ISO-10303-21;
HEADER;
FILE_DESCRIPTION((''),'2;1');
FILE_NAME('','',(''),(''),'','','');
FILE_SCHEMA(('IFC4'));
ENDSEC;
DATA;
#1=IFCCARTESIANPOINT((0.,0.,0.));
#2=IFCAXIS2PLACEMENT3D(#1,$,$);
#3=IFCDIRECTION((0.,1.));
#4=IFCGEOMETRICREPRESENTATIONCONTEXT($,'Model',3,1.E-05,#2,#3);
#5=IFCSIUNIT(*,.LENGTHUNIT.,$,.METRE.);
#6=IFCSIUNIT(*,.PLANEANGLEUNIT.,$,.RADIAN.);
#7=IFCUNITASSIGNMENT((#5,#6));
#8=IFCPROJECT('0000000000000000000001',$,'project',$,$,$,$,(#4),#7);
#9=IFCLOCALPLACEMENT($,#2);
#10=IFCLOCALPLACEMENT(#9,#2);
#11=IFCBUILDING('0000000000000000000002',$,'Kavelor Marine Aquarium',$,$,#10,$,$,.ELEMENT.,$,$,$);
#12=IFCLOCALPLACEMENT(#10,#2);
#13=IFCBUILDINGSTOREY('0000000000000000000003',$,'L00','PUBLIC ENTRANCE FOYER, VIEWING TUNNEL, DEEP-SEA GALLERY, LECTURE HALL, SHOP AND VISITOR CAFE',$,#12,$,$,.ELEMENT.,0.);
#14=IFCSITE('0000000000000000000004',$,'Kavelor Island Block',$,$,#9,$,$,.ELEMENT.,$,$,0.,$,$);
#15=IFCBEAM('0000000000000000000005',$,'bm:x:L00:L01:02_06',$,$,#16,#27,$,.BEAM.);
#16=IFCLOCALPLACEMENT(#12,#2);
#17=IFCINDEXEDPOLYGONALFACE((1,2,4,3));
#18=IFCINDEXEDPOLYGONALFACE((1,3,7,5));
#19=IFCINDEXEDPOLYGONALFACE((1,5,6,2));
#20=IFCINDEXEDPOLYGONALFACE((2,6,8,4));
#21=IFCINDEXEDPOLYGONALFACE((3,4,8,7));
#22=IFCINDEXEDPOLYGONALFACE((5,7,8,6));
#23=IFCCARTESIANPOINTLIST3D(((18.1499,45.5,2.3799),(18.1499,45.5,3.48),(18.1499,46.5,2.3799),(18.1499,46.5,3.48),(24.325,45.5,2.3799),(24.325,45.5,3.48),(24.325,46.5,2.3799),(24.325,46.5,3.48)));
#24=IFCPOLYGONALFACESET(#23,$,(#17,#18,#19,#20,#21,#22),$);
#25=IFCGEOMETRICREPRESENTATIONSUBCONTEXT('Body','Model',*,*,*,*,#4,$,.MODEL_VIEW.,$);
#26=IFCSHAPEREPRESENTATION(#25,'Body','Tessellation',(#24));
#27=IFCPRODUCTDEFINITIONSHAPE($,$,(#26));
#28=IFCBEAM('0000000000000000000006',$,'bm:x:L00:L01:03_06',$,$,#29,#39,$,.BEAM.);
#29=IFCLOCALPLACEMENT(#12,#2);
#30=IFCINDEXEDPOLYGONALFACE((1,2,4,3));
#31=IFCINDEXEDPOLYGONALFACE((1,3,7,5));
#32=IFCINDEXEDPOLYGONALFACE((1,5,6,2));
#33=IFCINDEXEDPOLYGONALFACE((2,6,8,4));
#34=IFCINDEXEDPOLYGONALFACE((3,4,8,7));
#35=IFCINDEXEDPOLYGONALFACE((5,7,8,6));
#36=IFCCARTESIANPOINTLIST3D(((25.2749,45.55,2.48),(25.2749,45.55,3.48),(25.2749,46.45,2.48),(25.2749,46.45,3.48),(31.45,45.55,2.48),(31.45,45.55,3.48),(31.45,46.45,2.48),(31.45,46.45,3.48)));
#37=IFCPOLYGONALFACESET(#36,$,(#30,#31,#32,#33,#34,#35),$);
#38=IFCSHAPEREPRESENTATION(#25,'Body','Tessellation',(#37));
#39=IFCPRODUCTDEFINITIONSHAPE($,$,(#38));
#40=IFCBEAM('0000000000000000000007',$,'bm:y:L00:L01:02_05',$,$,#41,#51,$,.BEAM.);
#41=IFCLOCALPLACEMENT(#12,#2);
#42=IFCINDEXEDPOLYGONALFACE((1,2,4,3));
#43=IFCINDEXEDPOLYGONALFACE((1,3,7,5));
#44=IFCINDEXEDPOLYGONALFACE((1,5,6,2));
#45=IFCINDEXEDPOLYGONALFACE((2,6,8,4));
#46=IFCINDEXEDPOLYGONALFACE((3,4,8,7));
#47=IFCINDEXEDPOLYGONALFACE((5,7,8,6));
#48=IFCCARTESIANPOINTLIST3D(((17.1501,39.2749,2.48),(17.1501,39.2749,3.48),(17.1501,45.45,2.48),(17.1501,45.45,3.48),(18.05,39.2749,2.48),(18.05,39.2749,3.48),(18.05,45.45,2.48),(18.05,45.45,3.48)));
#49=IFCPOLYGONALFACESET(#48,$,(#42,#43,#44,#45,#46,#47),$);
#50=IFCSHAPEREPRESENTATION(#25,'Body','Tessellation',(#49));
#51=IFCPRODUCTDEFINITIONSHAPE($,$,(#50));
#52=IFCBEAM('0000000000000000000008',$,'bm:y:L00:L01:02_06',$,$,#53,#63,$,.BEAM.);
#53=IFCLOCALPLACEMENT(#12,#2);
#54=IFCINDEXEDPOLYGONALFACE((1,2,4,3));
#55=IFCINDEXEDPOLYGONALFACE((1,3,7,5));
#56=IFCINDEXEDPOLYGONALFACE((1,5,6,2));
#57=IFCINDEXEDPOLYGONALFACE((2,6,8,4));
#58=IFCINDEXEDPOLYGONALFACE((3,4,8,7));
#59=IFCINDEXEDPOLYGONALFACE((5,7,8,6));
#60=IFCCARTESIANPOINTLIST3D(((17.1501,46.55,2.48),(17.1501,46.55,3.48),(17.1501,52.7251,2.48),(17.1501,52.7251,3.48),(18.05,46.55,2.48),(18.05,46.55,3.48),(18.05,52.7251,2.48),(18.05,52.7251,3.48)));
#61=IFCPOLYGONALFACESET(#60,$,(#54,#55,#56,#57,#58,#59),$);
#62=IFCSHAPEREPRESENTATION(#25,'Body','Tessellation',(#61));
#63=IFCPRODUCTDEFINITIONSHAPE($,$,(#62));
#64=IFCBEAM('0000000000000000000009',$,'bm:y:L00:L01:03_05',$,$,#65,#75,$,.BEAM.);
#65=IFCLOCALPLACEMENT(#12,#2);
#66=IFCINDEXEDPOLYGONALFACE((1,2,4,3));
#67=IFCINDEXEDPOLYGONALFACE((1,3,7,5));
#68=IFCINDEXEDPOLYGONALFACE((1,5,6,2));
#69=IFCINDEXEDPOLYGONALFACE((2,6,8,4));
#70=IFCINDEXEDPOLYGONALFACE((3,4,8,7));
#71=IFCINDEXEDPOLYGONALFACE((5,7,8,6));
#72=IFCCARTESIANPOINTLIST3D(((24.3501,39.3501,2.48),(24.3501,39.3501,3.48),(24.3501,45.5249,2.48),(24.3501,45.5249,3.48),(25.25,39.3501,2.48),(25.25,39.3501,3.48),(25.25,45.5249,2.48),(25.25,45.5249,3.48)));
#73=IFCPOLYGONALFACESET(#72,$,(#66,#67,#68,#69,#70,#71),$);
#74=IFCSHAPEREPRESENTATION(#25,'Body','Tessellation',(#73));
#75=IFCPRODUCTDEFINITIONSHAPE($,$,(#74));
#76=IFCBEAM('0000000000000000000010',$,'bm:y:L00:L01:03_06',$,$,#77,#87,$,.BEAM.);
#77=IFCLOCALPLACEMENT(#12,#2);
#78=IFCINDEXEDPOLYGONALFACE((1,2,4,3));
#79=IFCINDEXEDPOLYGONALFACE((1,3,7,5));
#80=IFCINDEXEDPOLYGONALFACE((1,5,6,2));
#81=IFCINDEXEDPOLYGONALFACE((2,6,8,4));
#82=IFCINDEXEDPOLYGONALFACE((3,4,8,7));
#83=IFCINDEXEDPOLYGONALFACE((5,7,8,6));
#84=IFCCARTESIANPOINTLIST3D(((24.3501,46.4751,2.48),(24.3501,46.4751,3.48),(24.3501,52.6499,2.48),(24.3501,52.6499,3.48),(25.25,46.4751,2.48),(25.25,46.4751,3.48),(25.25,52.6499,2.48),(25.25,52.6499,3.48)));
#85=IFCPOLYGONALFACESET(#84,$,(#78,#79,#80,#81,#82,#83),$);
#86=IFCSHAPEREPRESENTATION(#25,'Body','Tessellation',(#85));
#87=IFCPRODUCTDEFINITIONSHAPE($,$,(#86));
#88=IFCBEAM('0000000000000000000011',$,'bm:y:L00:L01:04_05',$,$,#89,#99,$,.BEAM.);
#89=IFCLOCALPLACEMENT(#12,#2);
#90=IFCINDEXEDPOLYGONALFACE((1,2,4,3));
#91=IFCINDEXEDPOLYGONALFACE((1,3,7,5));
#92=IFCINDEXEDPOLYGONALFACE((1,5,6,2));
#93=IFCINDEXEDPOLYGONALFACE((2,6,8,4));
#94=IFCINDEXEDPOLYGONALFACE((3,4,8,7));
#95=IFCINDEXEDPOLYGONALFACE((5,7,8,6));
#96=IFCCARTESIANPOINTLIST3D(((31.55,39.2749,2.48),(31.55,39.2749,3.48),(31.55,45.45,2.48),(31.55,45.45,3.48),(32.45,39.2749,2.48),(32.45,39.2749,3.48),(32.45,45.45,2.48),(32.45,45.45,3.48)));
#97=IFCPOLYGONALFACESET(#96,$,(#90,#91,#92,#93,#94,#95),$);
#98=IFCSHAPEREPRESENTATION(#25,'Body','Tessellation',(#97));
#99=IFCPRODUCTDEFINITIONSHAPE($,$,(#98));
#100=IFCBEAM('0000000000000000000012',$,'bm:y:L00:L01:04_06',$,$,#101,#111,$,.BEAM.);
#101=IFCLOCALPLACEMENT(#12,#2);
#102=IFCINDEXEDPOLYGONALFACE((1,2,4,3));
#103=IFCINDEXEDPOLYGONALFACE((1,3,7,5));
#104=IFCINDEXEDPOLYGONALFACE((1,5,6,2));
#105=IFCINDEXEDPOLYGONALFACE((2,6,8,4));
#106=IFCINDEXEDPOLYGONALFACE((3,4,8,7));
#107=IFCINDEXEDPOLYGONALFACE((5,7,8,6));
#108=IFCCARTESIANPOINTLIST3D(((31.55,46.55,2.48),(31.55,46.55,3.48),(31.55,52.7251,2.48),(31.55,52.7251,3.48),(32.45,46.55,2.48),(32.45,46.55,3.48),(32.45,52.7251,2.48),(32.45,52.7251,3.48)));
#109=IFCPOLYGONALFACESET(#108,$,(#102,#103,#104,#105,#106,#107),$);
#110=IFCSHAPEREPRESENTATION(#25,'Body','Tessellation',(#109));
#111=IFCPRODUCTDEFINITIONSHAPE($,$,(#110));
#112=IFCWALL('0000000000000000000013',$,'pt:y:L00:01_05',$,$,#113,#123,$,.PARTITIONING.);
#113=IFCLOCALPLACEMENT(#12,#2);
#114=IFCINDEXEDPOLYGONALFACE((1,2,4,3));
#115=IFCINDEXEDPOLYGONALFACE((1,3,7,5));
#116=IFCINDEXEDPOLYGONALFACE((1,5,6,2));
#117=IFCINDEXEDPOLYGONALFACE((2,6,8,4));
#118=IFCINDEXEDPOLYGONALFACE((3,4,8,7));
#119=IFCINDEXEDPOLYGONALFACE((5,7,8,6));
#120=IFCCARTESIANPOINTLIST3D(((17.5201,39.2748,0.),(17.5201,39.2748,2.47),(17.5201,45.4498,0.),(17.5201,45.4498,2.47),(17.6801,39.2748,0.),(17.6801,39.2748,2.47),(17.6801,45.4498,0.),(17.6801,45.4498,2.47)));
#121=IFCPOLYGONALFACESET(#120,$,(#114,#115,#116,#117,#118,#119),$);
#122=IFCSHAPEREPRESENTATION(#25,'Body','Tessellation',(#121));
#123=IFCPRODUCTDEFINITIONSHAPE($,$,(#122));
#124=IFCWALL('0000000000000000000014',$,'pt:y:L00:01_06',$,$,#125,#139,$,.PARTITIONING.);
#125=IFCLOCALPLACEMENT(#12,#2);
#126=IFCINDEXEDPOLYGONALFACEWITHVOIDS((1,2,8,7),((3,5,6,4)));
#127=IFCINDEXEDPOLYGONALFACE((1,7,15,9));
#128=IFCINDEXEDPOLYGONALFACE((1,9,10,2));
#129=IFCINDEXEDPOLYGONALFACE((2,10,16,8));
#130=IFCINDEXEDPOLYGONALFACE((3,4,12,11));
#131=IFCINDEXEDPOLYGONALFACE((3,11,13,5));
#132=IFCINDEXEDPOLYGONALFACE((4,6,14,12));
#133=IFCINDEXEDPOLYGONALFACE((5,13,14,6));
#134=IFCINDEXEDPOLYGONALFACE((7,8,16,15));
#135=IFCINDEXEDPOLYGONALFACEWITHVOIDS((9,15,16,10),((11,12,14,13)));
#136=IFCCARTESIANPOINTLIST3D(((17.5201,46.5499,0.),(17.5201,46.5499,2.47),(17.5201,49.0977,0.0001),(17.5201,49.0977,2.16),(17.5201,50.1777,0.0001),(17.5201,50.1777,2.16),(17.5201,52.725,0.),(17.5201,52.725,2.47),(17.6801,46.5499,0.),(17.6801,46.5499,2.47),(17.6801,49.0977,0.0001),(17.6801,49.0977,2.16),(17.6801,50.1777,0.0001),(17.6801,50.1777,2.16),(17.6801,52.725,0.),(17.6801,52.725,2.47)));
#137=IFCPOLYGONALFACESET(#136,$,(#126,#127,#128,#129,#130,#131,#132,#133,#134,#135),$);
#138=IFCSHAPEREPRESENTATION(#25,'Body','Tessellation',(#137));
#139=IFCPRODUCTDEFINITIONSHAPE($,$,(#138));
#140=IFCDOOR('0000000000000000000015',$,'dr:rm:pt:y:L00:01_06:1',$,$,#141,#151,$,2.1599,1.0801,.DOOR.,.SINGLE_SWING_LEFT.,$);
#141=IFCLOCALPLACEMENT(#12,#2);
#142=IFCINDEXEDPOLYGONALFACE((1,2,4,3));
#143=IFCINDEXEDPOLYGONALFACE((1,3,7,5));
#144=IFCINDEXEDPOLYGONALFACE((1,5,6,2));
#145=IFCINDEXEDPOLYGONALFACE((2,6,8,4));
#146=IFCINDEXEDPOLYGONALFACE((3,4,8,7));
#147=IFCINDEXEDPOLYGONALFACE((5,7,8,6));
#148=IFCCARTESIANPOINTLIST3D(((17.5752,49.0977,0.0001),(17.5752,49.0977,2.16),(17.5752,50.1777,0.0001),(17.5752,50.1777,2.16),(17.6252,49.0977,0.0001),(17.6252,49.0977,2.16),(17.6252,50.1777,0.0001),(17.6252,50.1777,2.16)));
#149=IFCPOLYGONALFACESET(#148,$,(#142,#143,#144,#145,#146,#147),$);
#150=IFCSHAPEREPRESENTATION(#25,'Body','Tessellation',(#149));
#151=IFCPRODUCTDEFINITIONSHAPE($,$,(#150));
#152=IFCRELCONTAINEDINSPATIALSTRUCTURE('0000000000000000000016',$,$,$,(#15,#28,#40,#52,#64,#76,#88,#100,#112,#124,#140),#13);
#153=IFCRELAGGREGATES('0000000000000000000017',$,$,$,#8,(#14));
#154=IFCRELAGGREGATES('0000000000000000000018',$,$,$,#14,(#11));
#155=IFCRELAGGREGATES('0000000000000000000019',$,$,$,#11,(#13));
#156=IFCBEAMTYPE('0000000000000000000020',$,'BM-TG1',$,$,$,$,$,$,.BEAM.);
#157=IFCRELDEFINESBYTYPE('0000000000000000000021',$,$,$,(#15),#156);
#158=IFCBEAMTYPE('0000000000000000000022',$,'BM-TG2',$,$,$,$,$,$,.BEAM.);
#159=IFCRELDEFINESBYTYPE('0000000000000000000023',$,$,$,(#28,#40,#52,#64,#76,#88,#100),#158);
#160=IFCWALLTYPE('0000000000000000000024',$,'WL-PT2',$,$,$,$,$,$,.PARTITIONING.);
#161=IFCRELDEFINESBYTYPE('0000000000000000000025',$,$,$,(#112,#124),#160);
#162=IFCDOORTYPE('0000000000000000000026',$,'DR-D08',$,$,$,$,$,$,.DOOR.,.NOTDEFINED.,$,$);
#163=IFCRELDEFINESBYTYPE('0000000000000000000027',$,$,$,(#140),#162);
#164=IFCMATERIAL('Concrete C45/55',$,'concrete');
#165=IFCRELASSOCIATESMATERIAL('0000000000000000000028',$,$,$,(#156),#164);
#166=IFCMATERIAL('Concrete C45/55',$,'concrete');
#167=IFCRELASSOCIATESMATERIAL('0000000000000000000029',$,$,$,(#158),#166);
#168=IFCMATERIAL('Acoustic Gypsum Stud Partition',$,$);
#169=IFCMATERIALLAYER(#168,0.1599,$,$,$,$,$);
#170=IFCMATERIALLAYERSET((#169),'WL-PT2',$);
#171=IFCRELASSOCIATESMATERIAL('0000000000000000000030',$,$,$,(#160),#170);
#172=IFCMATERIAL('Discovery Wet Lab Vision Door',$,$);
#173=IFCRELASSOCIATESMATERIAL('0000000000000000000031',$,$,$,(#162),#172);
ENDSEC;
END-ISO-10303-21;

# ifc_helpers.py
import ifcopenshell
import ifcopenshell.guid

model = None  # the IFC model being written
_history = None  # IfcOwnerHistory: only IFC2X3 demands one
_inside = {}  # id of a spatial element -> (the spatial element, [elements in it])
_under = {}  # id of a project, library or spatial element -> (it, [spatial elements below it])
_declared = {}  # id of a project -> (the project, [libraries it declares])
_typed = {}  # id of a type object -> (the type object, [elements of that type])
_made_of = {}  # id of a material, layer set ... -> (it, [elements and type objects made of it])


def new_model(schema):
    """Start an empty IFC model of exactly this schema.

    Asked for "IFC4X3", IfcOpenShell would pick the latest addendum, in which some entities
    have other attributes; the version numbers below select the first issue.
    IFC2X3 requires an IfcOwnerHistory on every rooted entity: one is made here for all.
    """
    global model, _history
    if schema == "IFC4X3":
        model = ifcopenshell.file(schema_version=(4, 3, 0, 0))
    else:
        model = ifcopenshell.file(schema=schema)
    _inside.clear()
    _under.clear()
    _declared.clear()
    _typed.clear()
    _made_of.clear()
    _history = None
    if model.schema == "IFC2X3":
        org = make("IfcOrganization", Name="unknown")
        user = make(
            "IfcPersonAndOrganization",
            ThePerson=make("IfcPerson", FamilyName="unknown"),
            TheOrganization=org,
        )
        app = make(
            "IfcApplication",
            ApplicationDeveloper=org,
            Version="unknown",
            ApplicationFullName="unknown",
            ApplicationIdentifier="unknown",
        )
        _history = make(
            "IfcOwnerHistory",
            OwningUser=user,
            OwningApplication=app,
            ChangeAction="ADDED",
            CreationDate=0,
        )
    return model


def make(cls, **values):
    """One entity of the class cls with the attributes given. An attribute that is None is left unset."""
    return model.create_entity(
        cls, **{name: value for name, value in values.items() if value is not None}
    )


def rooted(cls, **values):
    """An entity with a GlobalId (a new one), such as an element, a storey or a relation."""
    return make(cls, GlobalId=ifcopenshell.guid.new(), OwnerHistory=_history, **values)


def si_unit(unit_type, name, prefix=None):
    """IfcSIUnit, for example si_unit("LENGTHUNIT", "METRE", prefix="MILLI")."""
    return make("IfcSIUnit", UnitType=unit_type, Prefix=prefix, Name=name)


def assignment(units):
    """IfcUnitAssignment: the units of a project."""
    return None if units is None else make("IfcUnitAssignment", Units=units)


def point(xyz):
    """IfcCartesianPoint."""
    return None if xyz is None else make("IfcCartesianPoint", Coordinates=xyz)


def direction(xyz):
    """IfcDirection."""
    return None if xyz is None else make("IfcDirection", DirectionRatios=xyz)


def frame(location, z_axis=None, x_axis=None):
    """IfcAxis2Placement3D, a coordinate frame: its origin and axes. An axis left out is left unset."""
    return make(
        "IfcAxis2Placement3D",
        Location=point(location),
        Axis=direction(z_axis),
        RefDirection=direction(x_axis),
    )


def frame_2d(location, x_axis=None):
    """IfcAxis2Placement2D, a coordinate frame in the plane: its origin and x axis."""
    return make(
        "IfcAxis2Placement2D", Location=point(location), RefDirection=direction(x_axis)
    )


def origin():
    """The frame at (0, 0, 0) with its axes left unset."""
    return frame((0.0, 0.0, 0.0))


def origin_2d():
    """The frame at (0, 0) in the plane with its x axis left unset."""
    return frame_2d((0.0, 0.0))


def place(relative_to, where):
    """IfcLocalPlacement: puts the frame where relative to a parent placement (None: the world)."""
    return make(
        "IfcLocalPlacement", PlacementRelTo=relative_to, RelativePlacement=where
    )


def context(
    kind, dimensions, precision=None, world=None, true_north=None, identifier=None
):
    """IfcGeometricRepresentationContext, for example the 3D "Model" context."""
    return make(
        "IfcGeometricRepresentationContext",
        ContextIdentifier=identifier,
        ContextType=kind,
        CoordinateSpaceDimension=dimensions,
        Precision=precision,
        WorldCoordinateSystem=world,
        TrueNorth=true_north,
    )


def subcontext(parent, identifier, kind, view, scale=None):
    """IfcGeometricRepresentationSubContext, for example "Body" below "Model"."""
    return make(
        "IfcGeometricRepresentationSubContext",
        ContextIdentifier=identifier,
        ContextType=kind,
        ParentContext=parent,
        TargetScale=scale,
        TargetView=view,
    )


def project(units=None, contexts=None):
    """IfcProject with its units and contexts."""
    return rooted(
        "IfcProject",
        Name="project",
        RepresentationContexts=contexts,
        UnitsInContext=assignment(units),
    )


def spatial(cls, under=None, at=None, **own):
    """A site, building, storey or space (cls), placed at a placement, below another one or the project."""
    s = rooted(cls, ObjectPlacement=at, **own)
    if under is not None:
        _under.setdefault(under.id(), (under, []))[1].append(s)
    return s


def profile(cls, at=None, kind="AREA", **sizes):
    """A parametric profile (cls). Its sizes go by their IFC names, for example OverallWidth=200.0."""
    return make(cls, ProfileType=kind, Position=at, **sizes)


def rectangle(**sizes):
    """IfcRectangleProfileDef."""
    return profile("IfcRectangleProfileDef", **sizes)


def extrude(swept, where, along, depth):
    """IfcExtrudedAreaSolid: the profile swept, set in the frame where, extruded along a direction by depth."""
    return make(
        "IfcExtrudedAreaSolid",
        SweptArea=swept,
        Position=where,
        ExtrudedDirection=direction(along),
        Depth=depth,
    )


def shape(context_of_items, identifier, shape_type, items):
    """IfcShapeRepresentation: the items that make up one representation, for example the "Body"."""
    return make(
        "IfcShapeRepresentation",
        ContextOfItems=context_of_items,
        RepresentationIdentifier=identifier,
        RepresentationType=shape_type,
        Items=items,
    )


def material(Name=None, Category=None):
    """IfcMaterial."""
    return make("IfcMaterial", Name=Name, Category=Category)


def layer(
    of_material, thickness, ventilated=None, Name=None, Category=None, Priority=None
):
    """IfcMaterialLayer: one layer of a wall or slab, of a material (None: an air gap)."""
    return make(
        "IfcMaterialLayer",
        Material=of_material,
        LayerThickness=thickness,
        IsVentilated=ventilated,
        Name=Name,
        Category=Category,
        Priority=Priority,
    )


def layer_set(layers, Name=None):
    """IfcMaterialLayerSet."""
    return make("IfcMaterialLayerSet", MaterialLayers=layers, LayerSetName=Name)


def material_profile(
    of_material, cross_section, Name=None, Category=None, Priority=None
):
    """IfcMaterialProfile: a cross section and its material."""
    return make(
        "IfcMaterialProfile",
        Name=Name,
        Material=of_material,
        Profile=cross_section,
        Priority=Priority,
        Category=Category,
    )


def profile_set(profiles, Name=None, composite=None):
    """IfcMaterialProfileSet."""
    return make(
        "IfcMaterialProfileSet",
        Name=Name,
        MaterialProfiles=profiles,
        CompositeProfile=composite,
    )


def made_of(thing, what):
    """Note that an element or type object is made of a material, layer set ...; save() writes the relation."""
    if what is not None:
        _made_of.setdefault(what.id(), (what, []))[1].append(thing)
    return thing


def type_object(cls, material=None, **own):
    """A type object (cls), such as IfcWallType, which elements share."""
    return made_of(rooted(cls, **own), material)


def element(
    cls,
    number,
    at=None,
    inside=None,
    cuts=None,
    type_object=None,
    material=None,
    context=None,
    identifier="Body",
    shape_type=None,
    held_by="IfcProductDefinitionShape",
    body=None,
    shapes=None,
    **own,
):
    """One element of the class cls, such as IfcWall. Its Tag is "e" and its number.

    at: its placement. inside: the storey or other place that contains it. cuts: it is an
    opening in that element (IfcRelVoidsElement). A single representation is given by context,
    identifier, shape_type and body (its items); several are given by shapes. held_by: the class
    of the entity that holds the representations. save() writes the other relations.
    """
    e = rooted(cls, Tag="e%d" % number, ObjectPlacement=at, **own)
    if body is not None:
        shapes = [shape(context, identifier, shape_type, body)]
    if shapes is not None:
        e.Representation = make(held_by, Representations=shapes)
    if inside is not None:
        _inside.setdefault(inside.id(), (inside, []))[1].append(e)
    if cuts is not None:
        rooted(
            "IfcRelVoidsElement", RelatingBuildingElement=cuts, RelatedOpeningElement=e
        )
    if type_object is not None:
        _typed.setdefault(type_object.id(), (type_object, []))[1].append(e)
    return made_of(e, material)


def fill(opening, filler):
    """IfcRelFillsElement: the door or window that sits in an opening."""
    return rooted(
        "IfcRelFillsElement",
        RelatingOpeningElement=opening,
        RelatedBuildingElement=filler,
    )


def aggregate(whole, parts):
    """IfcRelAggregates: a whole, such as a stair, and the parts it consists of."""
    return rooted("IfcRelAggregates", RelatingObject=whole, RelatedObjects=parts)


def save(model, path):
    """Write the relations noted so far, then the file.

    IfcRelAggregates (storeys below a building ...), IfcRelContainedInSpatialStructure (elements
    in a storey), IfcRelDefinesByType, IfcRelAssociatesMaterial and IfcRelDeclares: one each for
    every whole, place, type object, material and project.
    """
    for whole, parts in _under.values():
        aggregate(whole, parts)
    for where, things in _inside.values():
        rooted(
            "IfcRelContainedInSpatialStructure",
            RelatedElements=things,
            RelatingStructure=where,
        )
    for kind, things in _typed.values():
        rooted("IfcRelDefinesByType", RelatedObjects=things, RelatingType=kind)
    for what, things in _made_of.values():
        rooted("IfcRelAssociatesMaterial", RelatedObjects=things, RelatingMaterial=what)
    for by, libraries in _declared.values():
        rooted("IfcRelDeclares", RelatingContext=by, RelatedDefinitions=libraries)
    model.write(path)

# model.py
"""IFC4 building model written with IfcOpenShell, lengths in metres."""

from ifc_helpers import new_model, si_unit, direction, frame, frame_2d, origin, origin_2d, place, context, subcontext, project, spatial, rectangle, extrude, material, layer, layer_set, material_profile, profile_set, type_object, element, fill, save


model = new_model("IFC4")

# Units and contexts
model_context = context("Model", 3, precision=1e-05, world=origin(), true_north=direction((0.0, 1.0)))
body_context = subcontext(model_context, "Body", "Model", "MODEL_VIEW")
ifc_project = project(units=[si_unit("LENGTHUNIT", "METRE"), si_unit("PLANEANGLEUNIT", "RADIAN")], contexts=[model_context])

# Site, building, storey
site_placement = place(None, origin())
site = spatial("IfcSite", under=ifc_project, at=site_placement, Name="Kavelor Island Block", CompositionType="ELEMENT", RefElevation=0.0)
building_placement = place(site_placement, origin())
building = spatial("IfcBuilding", under=site, at=building_placement, Name="Kavelor Marine Aquarium", CompositionType="ELEMENT")
storey_placement = place(building_placement, origin())
storey = spatial("IfcBuildingStorey", under=building, at=storey_placement, Name="L00", Description="PUBLIC ENTRANCE FOYER, VIEWING TUNNEL, DEEP-SEA GALLERY, LECTURE HALL, SHOP AND VISITOR CAFE", CompositionType="ELEMENT", Elevation=0.0)

# Beams
ifc_material_1 = material(Name="Concrete C45/55", Category="concrete")
ifc_material_profile_1 = material_profile(ifc_material_1, rectangle(XDim=1.0, YDim=1.1001, at=origin_2d()), Name="RC-TG 1000x1100")
ifc_profile_set_1 = profile_set([ifc_material_profile_1], Name="Concrete C45/55")
beam_type_1 = type_object("IfcBeamType", Name="BM-TG1", PredefinedType="BEAM", material=ifc_profile_set_1)
beam_placement = place(storey_placement, frame((18.1499, 46.0, 2.9299), z_axis=(1.0, 0.0, 0.0), x_axis=(0.0, 1.0, 0.0)))
element("IfcBeam", 1, at=beam_placement, inside=storey, type_object=beam_type_1, Name="bm:x:L00:L01:02_06", PredefinedType="BEAM", context=body_context, shape_type="SweptSolid", body=[
    extrude(rectangle(XDim=1.0, YDim=1.1001, at=origin_2d()), origin(), (0.0, 0.0, 1.0), 6.175),
])
ifc_material_2 = material(Name="Concrete C45/55", Category="concrete")
ifc_material_profile_2 = material_profile(ifc_material_2, rectangle(XDim=0.8999, YDim=1.0, at=origin_2d()), Name="RC-TG 900x1000")
ifc_profile_set_2 = profile_set([ifc_material_profile_2], Name="Concrete C45/55")
beam_type_2 = type_object("IfcBeamType", Name="BM-TG2", PredefinedType="BEAM", material=ifc_profile_set_2)
for number, where, z_axis, x_axis, name in (
    (2, (25.2749, 46.0, 2.98), (1.0, 0.0, 0.0), (0.0, 1.0, 0.0), "bm:x:L00:L01:03_06"),
    (3, (17.6001, 39.2749, 2.98), (0.0, 1.0, 0.0), (-1.0, 0.0, 0.0), "bm:y:L00:L01:02_05"),
    (4, (17.6001, 46.55, 2.98), (0.0, 1.0, 0.0), (-1.0, 0.0, 0.0), "bm:y:L00:L01:02_06"),
):
    element("IfcBeam", number, at=place(storey_placement, frame(where, z_axis=z_axis, x_axis=x_axis)), inside=storey, type_object=beam_type_2, Name=name, PredefinedType="BEAM", context=body_context, shape_type="SweptSolid", body=[
        extrude(rectangle(XDim=0.8999, YDim=1.0, at=origin_2d()), origin(), (0.0, 0.0, 1.0), 6.175),
    ])
for number, where, z_axis, x_axis, name in (
    (5, (24.8, 39.3501, 2.98), (0.0, 1.0, 0.0), (-1.0, 0.0, 0.0), "bm:y:L00:L01:03_05"),
    (6, (24.8, 46.4751, 2.98), (0.0, 1.0, 0.0), (-1.0, 0.0, 0.0), "bm:y:L00:L01:03_06"),
):
    element("IfcBeam", number, at=place(storey_placement, frame(where, z_axis=z_axis, x_axis=x_axis)), inside=storey, type_object=beam_type_2, Name=name, PredefinedType="BEAM", context=body_context, shape_type="SweptSolid", body=[
        extrude(rectangle(XDim=0.8999, YDim=1.0, at=origin_2d()), origin(), (0.0, 0.0, 1.0), 6.1748),
    ])
for number, where, z_axis, x_axis, name in (
    (7, (32.0, 39.2749, 2.98), (0.0, 1.0, 0.0), (-1.0, 0.0, 0.0), "bm:y:L00:L01:04_05"),
    (8, (32.0, 46.55, 2.98), (0.0, 1.0, 0.0), (-1.0, 0.0, 0.0), "bm:y:L00:L01:04_06"),
):
    element("IfcBeam", number, at=place(storey_placement, frame(where, z_axis=z_axis, x_axis=x_axis)), inside=storey, type_object=beam_type_2, Name=name, PredefinedType="BEAM", context=body_context, shape_type="SweptSolid", body=[
        extrude(rectangle(XDim=0.8999, YDim=1.0, at=origin_2d()), origin(), (0.0, 0.0, 1.0), 6.175),
    ])

# Wall
ifc_material_3 = material(Name="Acoustic Gypsum Stud Partition")
ifc_layer = layer(ifc_material_3, 0.1599)
ifc_layer_set = layer_set([ifc_layer], Name="WL-PT2")
wall_type = type_object("IfcWallType", Name="WL-PT2", PredefinedType="PARTITIONING", material=ifc_layer_set)
wall_1_placement = place(storey_placement, frame((17.6001, 39.2749, 0.0), z_axis=(0.0, 0.0, 1.0), x_axis=(0.0, 1.0, 0.0)))
element("IfcWall", 9, at=wall_1_placement, inside=storey, type_object=wall_type, Name="pt:y:L00:01_05", PredefinedType="PARTITIONING", context=body_context, shape_type="SweptSolid", body=[
    extrude(rectangle(XDim=6.175, YDim=0.1599, at=frame_2d((3.0874, 0.0))), origin(), (0.0, 0.0, 1.0), 2.47),
])

# Wall, opening, door
wall_2_placement = place(storey_placement, frame((17.6001, 46.55, 0.0), z_axis=(0.0, 0.0, 1.0), x_axis=(0.0, 1.0, 0.0)))
wall_2 = element("IfcWall", 10, at=wall_2_placement, inside=storey, type_object=wall_type, Name="pt:y:L00:01_06", PredefinedType="PARTITIONING", context=body_context, shape_type="SweptSolid", body=[
    extrude(rectangle(XDim=6.175, YDim=0.1599, at=frame_2d((3.0874, 0.0))), origin(), (0.0, 0.0, 1.0), 2.47),
])
opening_placement = place(wall_2_placement, frame((2.5476, 0.0, 0.0)))
opening = element("IfcOpeningElement", 11, at=opening_placement, cuts=wall_2, PredefinedType="OPENING", context=body_context, shape_type="SweptSolid", body=[
    extrude(rectangle(XDim=1.0801, YDim=2.1599, at=frame_2d((0.54, 1.0801))), frame((0.0, 0.0898, 0.0), z_axis=(0.0, -1.0, 0.0), x_axis=(1.0, 0.0, 0.0)), (0.0, 0.0, 1.0), 0.1799),
])
ifc_material_4 = material(Name="Discovery Wet Lab Vision Door")
door_type = type_object("IfcDoorType", Name="DR-D08", OperationType="NOTDEFINED", PredefinedType="DOOR", material=ifc_material_4)
door_placement = place(opening_placement, origin())
door = element("IfcDoor", 12, at=door_placement, inside=storey, type_object=door_type, Name="dr:rm:pt:y:L00:01_06:1", OperationType="SINGLE_SWING_LEFT", OverallHeight=2.1599, OverallWidth=1.0801, PredefinedType="DOOR", context=body_context, shape_type="SweptSolid", body=[
    extrude(rectangle(XDim=1.0801, YDim=2.1599, at=frame_2d((0.54, 1.0801))), frame((0.0, 0.0249, 0.0), z_axis=(0.0, -1.0, 0.0), x_axis=(1.0, 0.0, 0.0)), (0.0, 0.0, 1.0), 0.05),
])
fill(opening, door)

save(model, "model.ifc")
